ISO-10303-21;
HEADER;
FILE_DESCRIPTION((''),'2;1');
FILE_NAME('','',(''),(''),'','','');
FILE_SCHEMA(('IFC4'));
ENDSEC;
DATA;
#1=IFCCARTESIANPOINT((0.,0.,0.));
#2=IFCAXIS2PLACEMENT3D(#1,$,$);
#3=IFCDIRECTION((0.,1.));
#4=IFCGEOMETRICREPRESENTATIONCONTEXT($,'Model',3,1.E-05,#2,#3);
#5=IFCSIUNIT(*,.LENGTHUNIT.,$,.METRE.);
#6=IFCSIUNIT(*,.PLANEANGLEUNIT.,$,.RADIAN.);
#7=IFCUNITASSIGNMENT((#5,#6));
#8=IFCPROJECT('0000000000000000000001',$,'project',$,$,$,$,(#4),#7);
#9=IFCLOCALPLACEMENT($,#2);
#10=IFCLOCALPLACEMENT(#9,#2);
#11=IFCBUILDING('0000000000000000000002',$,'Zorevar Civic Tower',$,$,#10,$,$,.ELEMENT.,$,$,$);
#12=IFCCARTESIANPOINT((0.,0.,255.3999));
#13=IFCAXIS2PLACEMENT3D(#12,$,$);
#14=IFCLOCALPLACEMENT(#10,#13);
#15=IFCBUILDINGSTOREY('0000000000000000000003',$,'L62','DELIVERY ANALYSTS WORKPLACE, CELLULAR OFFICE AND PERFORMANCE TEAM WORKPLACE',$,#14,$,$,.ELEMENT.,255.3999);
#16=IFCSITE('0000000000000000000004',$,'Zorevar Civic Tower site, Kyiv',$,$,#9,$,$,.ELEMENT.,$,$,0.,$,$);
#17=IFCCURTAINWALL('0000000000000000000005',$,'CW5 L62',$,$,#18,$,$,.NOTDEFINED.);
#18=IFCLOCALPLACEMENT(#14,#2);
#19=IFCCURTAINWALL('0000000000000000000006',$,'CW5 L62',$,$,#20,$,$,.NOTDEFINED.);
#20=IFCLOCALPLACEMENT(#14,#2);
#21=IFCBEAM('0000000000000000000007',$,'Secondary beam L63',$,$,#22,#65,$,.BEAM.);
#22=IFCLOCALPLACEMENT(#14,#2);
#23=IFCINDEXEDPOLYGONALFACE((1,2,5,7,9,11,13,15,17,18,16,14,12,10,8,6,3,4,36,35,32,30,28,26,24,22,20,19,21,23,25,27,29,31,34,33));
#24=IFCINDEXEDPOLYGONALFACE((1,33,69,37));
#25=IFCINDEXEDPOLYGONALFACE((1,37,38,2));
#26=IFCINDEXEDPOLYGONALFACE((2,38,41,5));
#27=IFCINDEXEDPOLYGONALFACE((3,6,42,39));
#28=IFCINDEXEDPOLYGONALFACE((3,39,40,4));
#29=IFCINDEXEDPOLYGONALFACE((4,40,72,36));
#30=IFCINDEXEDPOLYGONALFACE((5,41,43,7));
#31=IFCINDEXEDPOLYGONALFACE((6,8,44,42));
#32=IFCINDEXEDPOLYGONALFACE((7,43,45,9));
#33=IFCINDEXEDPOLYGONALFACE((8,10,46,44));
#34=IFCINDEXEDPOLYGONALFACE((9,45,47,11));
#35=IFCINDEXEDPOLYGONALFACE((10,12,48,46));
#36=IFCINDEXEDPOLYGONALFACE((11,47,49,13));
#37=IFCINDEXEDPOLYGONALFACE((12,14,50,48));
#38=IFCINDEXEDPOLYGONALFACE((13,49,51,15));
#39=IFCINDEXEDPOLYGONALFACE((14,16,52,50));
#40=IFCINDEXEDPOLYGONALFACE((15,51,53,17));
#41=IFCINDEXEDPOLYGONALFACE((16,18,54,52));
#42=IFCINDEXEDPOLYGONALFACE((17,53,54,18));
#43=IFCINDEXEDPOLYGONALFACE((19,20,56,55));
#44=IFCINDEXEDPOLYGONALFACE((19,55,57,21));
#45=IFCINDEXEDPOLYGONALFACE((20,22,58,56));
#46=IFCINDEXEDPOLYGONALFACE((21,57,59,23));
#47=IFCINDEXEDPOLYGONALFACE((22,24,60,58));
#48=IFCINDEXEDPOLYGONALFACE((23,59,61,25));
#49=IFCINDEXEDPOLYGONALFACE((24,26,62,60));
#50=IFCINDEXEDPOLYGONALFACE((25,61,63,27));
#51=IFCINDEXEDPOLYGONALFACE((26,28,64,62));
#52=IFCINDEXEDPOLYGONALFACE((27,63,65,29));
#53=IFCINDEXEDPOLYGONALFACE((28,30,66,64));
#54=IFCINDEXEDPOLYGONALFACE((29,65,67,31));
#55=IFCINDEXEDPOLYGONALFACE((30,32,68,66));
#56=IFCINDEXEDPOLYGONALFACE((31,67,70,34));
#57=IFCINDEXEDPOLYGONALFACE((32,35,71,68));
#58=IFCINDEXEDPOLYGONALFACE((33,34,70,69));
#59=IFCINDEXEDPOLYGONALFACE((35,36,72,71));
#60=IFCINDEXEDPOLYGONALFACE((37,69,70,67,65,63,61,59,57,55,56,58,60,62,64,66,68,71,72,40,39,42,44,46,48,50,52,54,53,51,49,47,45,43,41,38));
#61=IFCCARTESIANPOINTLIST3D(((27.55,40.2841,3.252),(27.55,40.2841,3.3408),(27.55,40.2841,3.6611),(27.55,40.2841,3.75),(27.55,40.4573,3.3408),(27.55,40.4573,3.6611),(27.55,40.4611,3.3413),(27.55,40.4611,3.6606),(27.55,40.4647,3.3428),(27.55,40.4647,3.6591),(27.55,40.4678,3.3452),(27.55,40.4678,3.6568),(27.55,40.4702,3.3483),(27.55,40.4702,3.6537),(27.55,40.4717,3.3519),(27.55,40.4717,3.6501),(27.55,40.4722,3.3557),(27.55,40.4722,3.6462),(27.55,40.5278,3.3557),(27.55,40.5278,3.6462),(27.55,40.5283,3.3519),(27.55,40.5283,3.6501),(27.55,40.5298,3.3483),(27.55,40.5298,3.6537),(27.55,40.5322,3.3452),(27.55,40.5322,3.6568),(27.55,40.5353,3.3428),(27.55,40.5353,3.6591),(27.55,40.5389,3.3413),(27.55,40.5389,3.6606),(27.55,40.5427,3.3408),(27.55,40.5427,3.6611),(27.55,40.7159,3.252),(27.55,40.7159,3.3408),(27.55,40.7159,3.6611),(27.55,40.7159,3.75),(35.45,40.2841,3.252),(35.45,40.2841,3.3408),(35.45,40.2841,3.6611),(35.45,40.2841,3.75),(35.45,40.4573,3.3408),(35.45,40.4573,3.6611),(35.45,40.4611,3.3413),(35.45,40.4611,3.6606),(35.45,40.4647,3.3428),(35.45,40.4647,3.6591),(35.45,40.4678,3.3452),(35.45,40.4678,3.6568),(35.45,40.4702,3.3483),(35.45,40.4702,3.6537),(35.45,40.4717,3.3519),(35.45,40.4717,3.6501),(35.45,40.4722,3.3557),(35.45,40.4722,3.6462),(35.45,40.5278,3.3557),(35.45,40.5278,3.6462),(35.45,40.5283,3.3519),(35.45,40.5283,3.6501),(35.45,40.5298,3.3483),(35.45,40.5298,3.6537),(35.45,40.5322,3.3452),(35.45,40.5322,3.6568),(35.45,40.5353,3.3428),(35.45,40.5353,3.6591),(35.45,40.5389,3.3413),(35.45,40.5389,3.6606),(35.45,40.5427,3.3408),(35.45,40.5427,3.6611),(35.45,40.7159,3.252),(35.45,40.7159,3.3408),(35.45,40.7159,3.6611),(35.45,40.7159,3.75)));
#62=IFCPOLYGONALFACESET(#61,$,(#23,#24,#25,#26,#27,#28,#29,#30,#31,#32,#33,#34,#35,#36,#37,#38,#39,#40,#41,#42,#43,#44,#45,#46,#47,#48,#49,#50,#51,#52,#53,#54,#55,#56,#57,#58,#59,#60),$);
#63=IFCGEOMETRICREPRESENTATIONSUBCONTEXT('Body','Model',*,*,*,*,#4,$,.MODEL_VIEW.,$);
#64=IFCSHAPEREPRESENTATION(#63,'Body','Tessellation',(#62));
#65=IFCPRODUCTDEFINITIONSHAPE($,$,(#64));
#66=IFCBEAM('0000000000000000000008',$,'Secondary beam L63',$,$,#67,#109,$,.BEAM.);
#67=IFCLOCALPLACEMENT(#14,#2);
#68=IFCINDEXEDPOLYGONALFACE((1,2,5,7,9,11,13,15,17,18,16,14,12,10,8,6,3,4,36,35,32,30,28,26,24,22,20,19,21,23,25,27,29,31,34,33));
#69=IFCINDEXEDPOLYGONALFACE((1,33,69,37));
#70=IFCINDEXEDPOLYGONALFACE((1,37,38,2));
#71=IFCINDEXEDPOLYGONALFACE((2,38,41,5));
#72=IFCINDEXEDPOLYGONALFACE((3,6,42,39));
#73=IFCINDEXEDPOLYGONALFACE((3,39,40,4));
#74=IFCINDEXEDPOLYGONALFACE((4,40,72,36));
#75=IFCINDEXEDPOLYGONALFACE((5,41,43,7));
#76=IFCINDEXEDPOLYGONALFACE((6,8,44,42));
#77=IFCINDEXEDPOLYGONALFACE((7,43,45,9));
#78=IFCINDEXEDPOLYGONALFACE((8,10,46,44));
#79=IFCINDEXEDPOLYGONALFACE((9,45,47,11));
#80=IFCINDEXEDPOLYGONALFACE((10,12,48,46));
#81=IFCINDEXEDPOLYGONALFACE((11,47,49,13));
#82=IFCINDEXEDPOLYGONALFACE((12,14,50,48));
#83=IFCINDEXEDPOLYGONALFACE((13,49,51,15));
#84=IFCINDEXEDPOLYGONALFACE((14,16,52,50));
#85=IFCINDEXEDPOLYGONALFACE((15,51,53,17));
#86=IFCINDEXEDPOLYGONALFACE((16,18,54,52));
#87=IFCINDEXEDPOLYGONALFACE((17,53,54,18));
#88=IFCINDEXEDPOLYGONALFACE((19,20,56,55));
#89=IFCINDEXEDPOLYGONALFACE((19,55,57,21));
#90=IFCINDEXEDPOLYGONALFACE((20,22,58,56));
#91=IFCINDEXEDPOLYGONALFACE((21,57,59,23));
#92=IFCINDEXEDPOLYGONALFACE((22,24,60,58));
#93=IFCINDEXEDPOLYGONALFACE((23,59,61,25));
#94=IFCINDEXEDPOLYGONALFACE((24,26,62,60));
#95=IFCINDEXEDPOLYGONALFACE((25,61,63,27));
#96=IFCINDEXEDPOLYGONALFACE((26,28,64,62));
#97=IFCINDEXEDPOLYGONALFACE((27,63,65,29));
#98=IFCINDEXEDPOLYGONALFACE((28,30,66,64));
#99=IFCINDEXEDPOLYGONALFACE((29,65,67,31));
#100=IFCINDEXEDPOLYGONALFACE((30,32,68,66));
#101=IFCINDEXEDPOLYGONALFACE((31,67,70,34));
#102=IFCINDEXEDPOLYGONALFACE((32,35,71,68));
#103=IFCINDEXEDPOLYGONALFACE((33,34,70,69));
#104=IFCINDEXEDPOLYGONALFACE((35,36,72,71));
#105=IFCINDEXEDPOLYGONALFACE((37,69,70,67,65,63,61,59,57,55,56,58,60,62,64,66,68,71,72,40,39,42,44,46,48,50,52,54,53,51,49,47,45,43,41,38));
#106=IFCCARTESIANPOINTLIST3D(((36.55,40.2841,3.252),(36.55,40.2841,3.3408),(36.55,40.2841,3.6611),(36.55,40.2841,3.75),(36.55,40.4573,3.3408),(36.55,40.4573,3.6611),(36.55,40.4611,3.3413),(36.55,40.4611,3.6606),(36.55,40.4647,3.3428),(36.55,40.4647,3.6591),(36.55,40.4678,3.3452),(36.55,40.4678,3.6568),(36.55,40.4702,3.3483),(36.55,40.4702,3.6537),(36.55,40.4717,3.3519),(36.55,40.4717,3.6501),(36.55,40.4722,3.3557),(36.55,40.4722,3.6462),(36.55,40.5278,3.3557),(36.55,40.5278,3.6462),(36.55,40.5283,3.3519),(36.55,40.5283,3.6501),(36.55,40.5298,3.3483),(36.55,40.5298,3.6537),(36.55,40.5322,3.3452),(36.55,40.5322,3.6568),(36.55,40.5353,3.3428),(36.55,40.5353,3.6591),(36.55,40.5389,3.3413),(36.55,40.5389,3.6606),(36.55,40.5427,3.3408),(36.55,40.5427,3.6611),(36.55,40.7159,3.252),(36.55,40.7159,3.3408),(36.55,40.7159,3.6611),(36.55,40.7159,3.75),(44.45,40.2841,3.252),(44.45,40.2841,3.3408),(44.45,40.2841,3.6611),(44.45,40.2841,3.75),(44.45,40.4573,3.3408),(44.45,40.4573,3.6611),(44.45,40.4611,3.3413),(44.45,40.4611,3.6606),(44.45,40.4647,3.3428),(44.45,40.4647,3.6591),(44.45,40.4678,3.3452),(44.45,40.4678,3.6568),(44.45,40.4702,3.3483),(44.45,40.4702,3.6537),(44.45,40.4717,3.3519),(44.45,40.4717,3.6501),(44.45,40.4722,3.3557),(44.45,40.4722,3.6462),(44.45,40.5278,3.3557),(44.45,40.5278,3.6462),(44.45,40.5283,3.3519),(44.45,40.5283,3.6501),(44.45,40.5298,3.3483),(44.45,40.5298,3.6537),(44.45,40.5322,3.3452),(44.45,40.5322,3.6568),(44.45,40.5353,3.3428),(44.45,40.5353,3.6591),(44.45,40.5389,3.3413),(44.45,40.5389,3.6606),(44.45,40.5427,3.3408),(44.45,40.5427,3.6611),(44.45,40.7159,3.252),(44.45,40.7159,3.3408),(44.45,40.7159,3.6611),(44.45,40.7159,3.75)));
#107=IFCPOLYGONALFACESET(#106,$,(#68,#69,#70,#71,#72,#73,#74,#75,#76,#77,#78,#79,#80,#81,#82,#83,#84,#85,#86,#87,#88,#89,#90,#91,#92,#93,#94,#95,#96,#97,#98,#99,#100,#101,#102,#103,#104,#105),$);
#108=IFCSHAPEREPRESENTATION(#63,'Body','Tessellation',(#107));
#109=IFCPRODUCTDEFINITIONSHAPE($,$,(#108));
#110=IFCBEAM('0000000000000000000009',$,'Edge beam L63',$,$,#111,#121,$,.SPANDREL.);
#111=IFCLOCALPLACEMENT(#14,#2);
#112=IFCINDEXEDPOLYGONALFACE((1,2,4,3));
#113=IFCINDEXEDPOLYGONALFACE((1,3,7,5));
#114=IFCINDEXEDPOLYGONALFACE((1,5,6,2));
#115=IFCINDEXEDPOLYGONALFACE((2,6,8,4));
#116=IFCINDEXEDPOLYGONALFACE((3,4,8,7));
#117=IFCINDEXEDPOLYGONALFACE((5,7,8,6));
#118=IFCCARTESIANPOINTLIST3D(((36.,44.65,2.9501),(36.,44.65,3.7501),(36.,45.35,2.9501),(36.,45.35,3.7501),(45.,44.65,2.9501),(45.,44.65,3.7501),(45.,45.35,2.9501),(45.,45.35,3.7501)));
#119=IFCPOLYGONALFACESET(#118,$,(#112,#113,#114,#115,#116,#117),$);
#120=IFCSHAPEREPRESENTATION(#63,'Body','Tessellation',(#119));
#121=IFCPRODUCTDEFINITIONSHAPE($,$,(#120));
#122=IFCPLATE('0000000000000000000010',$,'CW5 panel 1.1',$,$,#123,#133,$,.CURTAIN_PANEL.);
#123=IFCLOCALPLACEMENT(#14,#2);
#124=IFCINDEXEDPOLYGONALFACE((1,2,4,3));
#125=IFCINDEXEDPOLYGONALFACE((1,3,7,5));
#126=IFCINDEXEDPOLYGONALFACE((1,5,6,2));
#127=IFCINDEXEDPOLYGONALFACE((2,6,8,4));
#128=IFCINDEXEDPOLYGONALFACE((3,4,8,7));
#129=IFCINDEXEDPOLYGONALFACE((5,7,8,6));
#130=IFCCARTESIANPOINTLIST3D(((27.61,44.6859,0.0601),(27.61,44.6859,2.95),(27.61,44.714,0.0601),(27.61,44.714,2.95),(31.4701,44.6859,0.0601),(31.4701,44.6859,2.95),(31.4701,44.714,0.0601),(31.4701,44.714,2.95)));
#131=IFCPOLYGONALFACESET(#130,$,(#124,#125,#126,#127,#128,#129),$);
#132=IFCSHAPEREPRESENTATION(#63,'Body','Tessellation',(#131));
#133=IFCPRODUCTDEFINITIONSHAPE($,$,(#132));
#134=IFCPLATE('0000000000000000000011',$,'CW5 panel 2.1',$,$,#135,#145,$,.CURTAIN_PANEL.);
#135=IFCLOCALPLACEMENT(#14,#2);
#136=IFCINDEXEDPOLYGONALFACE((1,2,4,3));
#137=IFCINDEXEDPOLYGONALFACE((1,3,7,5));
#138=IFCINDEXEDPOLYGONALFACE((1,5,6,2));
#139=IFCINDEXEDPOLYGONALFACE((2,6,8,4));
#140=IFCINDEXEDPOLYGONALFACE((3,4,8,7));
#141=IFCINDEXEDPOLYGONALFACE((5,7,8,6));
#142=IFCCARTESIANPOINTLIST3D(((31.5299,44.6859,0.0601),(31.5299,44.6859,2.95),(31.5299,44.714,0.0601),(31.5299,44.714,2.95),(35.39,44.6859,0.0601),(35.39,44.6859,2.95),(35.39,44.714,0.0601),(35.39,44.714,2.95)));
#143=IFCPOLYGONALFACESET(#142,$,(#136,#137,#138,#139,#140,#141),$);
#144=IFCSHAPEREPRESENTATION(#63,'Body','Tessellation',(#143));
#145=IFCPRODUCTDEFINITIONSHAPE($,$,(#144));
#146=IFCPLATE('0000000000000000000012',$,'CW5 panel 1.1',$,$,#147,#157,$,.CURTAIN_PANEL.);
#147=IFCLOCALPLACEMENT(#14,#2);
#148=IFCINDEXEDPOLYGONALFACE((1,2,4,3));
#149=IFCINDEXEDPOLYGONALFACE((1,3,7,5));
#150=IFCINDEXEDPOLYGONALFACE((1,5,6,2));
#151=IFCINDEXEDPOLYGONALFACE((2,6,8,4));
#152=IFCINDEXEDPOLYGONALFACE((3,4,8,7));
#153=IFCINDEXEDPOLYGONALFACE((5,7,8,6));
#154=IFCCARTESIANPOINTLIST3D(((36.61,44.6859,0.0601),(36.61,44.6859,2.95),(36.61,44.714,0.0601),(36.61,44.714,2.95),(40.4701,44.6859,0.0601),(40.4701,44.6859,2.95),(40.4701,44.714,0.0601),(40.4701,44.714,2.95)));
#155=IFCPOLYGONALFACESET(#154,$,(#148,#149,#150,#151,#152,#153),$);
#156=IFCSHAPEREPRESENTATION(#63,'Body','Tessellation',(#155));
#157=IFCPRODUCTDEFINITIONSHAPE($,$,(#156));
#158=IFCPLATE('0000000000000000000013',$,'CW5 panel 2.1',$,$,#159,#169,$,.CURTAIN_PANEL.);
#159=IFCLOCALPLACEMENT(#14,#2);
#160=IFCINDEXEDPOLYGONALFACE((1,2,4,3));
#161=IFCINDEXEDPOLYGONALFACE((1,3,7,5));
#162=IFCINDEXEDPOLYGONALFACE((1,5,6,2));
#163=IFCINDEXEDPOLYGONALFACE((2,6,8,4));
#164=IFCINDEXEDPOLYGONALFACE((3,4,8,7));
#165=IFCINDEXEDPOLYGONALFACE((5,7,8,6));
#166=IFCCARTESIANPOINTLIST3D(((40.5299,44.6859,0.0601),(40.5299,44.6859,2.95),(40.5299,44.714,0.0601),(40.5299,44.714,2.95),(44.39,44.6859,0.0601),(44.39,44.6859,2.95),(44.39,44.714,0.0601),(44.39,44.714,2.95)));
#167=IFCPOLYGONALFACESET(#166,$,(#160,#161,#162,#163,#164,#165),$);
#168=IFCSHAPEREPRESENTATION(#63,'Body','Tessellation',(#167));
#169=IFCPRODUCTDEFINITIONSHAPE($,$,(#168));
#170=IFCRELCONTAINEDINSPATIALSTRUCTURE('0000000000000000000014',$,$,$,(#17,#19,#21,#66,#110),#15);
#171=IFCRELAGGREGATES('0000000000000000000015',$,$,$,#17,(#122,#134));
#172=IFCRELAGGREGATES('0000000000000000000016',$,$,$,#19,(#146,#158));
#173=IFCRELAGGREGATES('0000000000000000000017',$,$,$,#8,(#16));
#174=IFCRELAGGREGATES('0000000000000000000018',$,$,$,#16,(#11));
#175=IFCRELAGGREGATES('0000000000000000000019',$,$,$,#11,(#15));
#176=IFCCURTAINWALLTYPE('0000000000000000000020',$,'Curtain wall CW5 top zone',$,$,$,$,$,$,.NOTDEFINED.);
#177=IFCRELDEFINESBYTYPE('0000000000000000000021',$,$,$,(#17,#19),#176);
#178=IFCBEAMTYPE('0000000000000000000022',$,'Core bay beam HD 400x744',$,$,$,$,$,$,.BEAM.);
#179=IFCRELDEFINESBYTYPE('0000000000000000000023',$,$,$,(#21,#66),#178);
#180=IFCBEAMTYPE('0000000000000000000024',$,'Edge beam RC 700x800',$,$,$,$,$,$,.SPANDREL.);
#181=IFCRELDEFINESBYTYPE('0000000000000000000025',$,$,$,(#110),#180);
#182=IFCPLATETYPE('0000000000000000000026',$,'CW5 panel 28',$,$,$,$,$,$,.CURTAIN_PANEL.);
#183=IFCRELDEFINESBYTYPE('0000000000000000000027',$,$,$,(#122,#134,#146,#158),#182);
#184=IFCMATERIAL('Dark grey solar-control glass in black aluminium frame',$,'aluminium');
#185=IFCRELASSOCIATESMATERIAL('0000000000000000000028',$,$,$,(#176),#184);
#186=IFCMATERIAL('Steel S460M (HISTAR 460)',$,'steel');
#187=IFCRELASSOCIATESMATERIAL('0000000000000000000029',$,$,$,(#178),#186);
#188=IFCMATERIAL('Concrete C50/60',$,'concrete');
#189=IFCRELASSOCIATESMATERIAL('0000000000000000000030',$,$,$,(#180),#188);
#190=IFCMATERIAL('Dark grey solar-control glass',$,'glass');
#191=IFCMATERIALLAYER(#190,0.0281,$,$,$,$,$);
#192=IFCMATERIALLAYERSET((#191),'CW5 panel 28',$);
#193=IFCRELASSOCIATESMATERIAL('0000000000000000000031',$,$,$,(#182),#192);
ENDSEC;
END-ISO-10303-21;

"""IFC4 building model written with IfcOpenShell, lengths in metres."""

from ifc_helpers import new_model, si_unit, direction, frame, origin, origin_2d, place, context, subcontext, project, spatial, rectangle, i_section, extrude, material, layer, layer_set, material_profile, profile_set, type_object, element, aggregate, save


model = new_model("IFC4")

# Units and contexts
model_context = context("Model", 3, precision=1e-05, world=origin(), true_north=direction((0.0, 1.0)))
body_context = subcontext(model_context, "Body", "Model", "MODEL_VIEW")
ifc_project = project(units=[si_unit("LENGTHUNIT", "METRE"), si_unit("PLANEANGLEUNIT", "RADIAN")], contexts=[model_context])

# Site, building, storey
site_placement = place(None, origin())
site = spatial("IfcSite", under=ifc_project, at=site_placement, Name="Zorevar Civic Tower site, Kyiv", CompositionType="ELEMENT", RefElevation=0.0)
building_placement = place(site_placement, origin())
building = spatial("IfcBuilding", under=site, at=building_placement, Name="Zorevar Civic Tower", CompositionType="ELEMENT")
storey_placement = place(building_placement, frame((0.0, 0.0, 255.3999)))
storey = spatial("IfcBuildingStorey", under=building, at=storey_placement, Name="L62", Description="DELIVERY ANALYSTS WORKPLACE, CELLULAR OFFICE AND PERFORMANCE TEAM WORKPLACE", CompositionType="ELEMENT", Elevation=255.3999)

# Curtain walls
ifc_material_1 = material(Name="Dark grey solar-control glass in black aluminium frame", Category="aluminium")
curtain_wall_type = type_object("IfcCurtainWallType", Name="Curtain wall CW5 top zone", PredefinedType="NOTDEFINED", material=ifc_material_1)
curtain_wall_1_placement = place(storey_placement, origin())
curtain_wall_1 = element("IfcCurtainWall", 1, at=curtain_wall_1_placement, inside=storey, type_object=curtain_wall_type, Name="CW5 L62", PredefinedType="NOTDEFINED")
curtain_wall_2_placement = place(storey_placement, origin())
curtain_wall_2 = element("IfcCurtainWall", 2, at=curtain_wall_2_placement, inside=storey, type_object=curtain_wall_type, Name="CW5 L62", PredefinedType="NOTDEFINED")

# Beams
ifc_material_2 = material(Name="Steel S460M (HISTAR 460)", Category="steel")
ifc_material_profile_1 = material_profile(ifc_material_2, i_section(OverallWidth=0.4319, OverallDepth=0.498, WebThickness=0.0557, FlangeThickness=0.0889, FilletRadius=0.0149, at=origin_2d()), Name="HD 400x744")
ifc_profile_set_1 = profile_set([ifc_material_profile_1], Name="Steel S460M (HISTAR 460)")
beam_type_1 = type_object("IfcBeamType", Name="Core bay beam HD 400x744", PredefinedType="BEAM", material=ifc_profile_set_1)
for number, where, z_axis, x_axis, name in (
    (3, (27.55, 40.5, 3.501), (1.0, 0.0, 0.0), (0.0, 1.0, 0.0), "Secondary beam L63"),
    (4, (36.55, 40.5, 3.501), (1.0, 0.0, 0.0), (0.0, 1.0, 0.0), "Secondary beam L63"),
):
    element("IfcBeam", number, at=place(storey_placement, frame(where, z_axis=z_axis, x_axis=x_axis)), inside=storey, type_object=beam_type_1, Name=name, PredefinedType="BEAM", context=body_context, shape_type="SweptSolid", body=[
        extrude(i_section(OverallWidth=0.4319, OverallDepth=0.498, WebThickness=0.0557, FlangeThickness=0.0889, FilletRadius=0.0149, at=origin_2d()), origin(), (0.0, 0.0, 1.0), 7.8999),
    ])
ifc_material_3 = material(Name="Concrete C50/60", Category="concrete")
ifc_material_profile_2 = material_profile(ifc_material_3, rectangle(XDim=0.7, YDim=0.8, at=origin_2d()), Name="RC 700x800")
ifc_profile_set_2 = profile_set([ifc_material_profile_2], Name="Concrete C50/60")
beam_type_2 = type_object("IfcBeamType", Name="Edge beam RC 700x800", PredefinedType="SPANDREL", material=ifc_profile_set_2)
beam_placement = place(storey_placement, frame((36.0, 45.0, 3.3501), z_axis=(1.0, 0.0, 0.0), x_axis=(0.0, 1.0, 0.0)))
element("IfcBeam", 5, at=beam_placement, inside=storey, type_object=beam_type_2, Name="Edge beam L63", PredefinedType="SPANDREL", context=body_context, shape_type="SweptSolid", body=[
    extrude(rectangle(XDim=0.7, YDim=0.8, at=origin_2d()), origin(), (0.0, 0.0, 1.0), 9.0),
])

# Plates
ifc_material_4 = material(Name="Dark grey solar-control glass", Category="glass")
ifc_layer_1 = layer(ifc_material_4, 0.0281)
ifc_layer_set_1 = layer_set([ifc_layer_1], Name="CW5 panel 28")
plate_type = type_object("IfcPlateType", Name="CW5 panel 28", PredefinedType="CURTAIN_PANEL", material=ifc_layer_set_1)
plate_1_placement = place(storey_placement, frame((29.54, 44.7, 0.0601), z_axis=(0.0, 0.0, 1.0), x_axis=(1.0, 0.0, 0.0)))
plate_1 = element("IfcPlate", 6, at=plate_1_placement, type_object=plate_type, Name="CW5 panel 1.1", PredefinedType="CURTAIN_PANEL", context=body_context, shape_type="SweptSolid", body=[
    extrude(rectangle(XDim=3.8601, YDim=0.0281, at=origin_2d()), origin(), (0.0, 0.0, 1.0), 2.8899),
])
plate_2_placement = place(storey_placement, frame((33.46, 44.7, 0.0601), z_axis=(0.0, 0.0, 1.0), x_axis=(1.0, 0.0, 0.0)))
plate_2 = element("IfcPlate", 7, at=plate_2_placement, type_object=plate_type, Name="CW5 panel 2.1", PredefinedType="CURTAIN_PANEL", context=body_context, shape_type="SweptSolid", body=[
    extrude(rectangle(XDim=3.8601, YDim=0.0281, at=origin_2d()), origin(), (0.0, 0.0, 1.0), 2.8899),
])
aggregate(curtain_wall_1, [plate_1, plate_2])
plate_3_placement = place(storey_placement, frame((38.54, 44.7, 0.0601), z_axis=(0.0, 0.0, 1.0), x_axis=(1.0, 0.0, 0.0)))
plate_3 = element("IfcPlate", 8, at=plate_3_placement, type_object=plate_type, Name="CW5 panel 1.1", PredefinedType="CURTAIN_PANEL", context=body_context, shape_type="SweptSolid", body=[
    extrude(rectangle(XDim=3.8601, YDim=0.0281, at=origin_2d()), origin(), (0.0, 0.0, 1.0), 2.8899),
])
plate_4_placement = place(storey_placement, frame((42.46, 44.7, 0.0601), z_axis=(0.0, 0.0, 1.0), x_axis=(1.0, 0.0, 0.0)))
plate_4 = element("IfcPlate", 9, at=plate_4_placement, type_object=plate_type, Name="CW5 panel 2.1", PredefinedType="CURTAIN_PANEL", context=body_context, shape_type="SweptSolid", body=[
    extrude(rectangle(XDim=3.8601, YDim=0.0281, at=origin_2d()), origin(), (0.0, 0.0, 1.0), 2.8899),
])
aggregate(curtain_wall_2, [plate_3, plate_4])

save(model, "model.ifc")
